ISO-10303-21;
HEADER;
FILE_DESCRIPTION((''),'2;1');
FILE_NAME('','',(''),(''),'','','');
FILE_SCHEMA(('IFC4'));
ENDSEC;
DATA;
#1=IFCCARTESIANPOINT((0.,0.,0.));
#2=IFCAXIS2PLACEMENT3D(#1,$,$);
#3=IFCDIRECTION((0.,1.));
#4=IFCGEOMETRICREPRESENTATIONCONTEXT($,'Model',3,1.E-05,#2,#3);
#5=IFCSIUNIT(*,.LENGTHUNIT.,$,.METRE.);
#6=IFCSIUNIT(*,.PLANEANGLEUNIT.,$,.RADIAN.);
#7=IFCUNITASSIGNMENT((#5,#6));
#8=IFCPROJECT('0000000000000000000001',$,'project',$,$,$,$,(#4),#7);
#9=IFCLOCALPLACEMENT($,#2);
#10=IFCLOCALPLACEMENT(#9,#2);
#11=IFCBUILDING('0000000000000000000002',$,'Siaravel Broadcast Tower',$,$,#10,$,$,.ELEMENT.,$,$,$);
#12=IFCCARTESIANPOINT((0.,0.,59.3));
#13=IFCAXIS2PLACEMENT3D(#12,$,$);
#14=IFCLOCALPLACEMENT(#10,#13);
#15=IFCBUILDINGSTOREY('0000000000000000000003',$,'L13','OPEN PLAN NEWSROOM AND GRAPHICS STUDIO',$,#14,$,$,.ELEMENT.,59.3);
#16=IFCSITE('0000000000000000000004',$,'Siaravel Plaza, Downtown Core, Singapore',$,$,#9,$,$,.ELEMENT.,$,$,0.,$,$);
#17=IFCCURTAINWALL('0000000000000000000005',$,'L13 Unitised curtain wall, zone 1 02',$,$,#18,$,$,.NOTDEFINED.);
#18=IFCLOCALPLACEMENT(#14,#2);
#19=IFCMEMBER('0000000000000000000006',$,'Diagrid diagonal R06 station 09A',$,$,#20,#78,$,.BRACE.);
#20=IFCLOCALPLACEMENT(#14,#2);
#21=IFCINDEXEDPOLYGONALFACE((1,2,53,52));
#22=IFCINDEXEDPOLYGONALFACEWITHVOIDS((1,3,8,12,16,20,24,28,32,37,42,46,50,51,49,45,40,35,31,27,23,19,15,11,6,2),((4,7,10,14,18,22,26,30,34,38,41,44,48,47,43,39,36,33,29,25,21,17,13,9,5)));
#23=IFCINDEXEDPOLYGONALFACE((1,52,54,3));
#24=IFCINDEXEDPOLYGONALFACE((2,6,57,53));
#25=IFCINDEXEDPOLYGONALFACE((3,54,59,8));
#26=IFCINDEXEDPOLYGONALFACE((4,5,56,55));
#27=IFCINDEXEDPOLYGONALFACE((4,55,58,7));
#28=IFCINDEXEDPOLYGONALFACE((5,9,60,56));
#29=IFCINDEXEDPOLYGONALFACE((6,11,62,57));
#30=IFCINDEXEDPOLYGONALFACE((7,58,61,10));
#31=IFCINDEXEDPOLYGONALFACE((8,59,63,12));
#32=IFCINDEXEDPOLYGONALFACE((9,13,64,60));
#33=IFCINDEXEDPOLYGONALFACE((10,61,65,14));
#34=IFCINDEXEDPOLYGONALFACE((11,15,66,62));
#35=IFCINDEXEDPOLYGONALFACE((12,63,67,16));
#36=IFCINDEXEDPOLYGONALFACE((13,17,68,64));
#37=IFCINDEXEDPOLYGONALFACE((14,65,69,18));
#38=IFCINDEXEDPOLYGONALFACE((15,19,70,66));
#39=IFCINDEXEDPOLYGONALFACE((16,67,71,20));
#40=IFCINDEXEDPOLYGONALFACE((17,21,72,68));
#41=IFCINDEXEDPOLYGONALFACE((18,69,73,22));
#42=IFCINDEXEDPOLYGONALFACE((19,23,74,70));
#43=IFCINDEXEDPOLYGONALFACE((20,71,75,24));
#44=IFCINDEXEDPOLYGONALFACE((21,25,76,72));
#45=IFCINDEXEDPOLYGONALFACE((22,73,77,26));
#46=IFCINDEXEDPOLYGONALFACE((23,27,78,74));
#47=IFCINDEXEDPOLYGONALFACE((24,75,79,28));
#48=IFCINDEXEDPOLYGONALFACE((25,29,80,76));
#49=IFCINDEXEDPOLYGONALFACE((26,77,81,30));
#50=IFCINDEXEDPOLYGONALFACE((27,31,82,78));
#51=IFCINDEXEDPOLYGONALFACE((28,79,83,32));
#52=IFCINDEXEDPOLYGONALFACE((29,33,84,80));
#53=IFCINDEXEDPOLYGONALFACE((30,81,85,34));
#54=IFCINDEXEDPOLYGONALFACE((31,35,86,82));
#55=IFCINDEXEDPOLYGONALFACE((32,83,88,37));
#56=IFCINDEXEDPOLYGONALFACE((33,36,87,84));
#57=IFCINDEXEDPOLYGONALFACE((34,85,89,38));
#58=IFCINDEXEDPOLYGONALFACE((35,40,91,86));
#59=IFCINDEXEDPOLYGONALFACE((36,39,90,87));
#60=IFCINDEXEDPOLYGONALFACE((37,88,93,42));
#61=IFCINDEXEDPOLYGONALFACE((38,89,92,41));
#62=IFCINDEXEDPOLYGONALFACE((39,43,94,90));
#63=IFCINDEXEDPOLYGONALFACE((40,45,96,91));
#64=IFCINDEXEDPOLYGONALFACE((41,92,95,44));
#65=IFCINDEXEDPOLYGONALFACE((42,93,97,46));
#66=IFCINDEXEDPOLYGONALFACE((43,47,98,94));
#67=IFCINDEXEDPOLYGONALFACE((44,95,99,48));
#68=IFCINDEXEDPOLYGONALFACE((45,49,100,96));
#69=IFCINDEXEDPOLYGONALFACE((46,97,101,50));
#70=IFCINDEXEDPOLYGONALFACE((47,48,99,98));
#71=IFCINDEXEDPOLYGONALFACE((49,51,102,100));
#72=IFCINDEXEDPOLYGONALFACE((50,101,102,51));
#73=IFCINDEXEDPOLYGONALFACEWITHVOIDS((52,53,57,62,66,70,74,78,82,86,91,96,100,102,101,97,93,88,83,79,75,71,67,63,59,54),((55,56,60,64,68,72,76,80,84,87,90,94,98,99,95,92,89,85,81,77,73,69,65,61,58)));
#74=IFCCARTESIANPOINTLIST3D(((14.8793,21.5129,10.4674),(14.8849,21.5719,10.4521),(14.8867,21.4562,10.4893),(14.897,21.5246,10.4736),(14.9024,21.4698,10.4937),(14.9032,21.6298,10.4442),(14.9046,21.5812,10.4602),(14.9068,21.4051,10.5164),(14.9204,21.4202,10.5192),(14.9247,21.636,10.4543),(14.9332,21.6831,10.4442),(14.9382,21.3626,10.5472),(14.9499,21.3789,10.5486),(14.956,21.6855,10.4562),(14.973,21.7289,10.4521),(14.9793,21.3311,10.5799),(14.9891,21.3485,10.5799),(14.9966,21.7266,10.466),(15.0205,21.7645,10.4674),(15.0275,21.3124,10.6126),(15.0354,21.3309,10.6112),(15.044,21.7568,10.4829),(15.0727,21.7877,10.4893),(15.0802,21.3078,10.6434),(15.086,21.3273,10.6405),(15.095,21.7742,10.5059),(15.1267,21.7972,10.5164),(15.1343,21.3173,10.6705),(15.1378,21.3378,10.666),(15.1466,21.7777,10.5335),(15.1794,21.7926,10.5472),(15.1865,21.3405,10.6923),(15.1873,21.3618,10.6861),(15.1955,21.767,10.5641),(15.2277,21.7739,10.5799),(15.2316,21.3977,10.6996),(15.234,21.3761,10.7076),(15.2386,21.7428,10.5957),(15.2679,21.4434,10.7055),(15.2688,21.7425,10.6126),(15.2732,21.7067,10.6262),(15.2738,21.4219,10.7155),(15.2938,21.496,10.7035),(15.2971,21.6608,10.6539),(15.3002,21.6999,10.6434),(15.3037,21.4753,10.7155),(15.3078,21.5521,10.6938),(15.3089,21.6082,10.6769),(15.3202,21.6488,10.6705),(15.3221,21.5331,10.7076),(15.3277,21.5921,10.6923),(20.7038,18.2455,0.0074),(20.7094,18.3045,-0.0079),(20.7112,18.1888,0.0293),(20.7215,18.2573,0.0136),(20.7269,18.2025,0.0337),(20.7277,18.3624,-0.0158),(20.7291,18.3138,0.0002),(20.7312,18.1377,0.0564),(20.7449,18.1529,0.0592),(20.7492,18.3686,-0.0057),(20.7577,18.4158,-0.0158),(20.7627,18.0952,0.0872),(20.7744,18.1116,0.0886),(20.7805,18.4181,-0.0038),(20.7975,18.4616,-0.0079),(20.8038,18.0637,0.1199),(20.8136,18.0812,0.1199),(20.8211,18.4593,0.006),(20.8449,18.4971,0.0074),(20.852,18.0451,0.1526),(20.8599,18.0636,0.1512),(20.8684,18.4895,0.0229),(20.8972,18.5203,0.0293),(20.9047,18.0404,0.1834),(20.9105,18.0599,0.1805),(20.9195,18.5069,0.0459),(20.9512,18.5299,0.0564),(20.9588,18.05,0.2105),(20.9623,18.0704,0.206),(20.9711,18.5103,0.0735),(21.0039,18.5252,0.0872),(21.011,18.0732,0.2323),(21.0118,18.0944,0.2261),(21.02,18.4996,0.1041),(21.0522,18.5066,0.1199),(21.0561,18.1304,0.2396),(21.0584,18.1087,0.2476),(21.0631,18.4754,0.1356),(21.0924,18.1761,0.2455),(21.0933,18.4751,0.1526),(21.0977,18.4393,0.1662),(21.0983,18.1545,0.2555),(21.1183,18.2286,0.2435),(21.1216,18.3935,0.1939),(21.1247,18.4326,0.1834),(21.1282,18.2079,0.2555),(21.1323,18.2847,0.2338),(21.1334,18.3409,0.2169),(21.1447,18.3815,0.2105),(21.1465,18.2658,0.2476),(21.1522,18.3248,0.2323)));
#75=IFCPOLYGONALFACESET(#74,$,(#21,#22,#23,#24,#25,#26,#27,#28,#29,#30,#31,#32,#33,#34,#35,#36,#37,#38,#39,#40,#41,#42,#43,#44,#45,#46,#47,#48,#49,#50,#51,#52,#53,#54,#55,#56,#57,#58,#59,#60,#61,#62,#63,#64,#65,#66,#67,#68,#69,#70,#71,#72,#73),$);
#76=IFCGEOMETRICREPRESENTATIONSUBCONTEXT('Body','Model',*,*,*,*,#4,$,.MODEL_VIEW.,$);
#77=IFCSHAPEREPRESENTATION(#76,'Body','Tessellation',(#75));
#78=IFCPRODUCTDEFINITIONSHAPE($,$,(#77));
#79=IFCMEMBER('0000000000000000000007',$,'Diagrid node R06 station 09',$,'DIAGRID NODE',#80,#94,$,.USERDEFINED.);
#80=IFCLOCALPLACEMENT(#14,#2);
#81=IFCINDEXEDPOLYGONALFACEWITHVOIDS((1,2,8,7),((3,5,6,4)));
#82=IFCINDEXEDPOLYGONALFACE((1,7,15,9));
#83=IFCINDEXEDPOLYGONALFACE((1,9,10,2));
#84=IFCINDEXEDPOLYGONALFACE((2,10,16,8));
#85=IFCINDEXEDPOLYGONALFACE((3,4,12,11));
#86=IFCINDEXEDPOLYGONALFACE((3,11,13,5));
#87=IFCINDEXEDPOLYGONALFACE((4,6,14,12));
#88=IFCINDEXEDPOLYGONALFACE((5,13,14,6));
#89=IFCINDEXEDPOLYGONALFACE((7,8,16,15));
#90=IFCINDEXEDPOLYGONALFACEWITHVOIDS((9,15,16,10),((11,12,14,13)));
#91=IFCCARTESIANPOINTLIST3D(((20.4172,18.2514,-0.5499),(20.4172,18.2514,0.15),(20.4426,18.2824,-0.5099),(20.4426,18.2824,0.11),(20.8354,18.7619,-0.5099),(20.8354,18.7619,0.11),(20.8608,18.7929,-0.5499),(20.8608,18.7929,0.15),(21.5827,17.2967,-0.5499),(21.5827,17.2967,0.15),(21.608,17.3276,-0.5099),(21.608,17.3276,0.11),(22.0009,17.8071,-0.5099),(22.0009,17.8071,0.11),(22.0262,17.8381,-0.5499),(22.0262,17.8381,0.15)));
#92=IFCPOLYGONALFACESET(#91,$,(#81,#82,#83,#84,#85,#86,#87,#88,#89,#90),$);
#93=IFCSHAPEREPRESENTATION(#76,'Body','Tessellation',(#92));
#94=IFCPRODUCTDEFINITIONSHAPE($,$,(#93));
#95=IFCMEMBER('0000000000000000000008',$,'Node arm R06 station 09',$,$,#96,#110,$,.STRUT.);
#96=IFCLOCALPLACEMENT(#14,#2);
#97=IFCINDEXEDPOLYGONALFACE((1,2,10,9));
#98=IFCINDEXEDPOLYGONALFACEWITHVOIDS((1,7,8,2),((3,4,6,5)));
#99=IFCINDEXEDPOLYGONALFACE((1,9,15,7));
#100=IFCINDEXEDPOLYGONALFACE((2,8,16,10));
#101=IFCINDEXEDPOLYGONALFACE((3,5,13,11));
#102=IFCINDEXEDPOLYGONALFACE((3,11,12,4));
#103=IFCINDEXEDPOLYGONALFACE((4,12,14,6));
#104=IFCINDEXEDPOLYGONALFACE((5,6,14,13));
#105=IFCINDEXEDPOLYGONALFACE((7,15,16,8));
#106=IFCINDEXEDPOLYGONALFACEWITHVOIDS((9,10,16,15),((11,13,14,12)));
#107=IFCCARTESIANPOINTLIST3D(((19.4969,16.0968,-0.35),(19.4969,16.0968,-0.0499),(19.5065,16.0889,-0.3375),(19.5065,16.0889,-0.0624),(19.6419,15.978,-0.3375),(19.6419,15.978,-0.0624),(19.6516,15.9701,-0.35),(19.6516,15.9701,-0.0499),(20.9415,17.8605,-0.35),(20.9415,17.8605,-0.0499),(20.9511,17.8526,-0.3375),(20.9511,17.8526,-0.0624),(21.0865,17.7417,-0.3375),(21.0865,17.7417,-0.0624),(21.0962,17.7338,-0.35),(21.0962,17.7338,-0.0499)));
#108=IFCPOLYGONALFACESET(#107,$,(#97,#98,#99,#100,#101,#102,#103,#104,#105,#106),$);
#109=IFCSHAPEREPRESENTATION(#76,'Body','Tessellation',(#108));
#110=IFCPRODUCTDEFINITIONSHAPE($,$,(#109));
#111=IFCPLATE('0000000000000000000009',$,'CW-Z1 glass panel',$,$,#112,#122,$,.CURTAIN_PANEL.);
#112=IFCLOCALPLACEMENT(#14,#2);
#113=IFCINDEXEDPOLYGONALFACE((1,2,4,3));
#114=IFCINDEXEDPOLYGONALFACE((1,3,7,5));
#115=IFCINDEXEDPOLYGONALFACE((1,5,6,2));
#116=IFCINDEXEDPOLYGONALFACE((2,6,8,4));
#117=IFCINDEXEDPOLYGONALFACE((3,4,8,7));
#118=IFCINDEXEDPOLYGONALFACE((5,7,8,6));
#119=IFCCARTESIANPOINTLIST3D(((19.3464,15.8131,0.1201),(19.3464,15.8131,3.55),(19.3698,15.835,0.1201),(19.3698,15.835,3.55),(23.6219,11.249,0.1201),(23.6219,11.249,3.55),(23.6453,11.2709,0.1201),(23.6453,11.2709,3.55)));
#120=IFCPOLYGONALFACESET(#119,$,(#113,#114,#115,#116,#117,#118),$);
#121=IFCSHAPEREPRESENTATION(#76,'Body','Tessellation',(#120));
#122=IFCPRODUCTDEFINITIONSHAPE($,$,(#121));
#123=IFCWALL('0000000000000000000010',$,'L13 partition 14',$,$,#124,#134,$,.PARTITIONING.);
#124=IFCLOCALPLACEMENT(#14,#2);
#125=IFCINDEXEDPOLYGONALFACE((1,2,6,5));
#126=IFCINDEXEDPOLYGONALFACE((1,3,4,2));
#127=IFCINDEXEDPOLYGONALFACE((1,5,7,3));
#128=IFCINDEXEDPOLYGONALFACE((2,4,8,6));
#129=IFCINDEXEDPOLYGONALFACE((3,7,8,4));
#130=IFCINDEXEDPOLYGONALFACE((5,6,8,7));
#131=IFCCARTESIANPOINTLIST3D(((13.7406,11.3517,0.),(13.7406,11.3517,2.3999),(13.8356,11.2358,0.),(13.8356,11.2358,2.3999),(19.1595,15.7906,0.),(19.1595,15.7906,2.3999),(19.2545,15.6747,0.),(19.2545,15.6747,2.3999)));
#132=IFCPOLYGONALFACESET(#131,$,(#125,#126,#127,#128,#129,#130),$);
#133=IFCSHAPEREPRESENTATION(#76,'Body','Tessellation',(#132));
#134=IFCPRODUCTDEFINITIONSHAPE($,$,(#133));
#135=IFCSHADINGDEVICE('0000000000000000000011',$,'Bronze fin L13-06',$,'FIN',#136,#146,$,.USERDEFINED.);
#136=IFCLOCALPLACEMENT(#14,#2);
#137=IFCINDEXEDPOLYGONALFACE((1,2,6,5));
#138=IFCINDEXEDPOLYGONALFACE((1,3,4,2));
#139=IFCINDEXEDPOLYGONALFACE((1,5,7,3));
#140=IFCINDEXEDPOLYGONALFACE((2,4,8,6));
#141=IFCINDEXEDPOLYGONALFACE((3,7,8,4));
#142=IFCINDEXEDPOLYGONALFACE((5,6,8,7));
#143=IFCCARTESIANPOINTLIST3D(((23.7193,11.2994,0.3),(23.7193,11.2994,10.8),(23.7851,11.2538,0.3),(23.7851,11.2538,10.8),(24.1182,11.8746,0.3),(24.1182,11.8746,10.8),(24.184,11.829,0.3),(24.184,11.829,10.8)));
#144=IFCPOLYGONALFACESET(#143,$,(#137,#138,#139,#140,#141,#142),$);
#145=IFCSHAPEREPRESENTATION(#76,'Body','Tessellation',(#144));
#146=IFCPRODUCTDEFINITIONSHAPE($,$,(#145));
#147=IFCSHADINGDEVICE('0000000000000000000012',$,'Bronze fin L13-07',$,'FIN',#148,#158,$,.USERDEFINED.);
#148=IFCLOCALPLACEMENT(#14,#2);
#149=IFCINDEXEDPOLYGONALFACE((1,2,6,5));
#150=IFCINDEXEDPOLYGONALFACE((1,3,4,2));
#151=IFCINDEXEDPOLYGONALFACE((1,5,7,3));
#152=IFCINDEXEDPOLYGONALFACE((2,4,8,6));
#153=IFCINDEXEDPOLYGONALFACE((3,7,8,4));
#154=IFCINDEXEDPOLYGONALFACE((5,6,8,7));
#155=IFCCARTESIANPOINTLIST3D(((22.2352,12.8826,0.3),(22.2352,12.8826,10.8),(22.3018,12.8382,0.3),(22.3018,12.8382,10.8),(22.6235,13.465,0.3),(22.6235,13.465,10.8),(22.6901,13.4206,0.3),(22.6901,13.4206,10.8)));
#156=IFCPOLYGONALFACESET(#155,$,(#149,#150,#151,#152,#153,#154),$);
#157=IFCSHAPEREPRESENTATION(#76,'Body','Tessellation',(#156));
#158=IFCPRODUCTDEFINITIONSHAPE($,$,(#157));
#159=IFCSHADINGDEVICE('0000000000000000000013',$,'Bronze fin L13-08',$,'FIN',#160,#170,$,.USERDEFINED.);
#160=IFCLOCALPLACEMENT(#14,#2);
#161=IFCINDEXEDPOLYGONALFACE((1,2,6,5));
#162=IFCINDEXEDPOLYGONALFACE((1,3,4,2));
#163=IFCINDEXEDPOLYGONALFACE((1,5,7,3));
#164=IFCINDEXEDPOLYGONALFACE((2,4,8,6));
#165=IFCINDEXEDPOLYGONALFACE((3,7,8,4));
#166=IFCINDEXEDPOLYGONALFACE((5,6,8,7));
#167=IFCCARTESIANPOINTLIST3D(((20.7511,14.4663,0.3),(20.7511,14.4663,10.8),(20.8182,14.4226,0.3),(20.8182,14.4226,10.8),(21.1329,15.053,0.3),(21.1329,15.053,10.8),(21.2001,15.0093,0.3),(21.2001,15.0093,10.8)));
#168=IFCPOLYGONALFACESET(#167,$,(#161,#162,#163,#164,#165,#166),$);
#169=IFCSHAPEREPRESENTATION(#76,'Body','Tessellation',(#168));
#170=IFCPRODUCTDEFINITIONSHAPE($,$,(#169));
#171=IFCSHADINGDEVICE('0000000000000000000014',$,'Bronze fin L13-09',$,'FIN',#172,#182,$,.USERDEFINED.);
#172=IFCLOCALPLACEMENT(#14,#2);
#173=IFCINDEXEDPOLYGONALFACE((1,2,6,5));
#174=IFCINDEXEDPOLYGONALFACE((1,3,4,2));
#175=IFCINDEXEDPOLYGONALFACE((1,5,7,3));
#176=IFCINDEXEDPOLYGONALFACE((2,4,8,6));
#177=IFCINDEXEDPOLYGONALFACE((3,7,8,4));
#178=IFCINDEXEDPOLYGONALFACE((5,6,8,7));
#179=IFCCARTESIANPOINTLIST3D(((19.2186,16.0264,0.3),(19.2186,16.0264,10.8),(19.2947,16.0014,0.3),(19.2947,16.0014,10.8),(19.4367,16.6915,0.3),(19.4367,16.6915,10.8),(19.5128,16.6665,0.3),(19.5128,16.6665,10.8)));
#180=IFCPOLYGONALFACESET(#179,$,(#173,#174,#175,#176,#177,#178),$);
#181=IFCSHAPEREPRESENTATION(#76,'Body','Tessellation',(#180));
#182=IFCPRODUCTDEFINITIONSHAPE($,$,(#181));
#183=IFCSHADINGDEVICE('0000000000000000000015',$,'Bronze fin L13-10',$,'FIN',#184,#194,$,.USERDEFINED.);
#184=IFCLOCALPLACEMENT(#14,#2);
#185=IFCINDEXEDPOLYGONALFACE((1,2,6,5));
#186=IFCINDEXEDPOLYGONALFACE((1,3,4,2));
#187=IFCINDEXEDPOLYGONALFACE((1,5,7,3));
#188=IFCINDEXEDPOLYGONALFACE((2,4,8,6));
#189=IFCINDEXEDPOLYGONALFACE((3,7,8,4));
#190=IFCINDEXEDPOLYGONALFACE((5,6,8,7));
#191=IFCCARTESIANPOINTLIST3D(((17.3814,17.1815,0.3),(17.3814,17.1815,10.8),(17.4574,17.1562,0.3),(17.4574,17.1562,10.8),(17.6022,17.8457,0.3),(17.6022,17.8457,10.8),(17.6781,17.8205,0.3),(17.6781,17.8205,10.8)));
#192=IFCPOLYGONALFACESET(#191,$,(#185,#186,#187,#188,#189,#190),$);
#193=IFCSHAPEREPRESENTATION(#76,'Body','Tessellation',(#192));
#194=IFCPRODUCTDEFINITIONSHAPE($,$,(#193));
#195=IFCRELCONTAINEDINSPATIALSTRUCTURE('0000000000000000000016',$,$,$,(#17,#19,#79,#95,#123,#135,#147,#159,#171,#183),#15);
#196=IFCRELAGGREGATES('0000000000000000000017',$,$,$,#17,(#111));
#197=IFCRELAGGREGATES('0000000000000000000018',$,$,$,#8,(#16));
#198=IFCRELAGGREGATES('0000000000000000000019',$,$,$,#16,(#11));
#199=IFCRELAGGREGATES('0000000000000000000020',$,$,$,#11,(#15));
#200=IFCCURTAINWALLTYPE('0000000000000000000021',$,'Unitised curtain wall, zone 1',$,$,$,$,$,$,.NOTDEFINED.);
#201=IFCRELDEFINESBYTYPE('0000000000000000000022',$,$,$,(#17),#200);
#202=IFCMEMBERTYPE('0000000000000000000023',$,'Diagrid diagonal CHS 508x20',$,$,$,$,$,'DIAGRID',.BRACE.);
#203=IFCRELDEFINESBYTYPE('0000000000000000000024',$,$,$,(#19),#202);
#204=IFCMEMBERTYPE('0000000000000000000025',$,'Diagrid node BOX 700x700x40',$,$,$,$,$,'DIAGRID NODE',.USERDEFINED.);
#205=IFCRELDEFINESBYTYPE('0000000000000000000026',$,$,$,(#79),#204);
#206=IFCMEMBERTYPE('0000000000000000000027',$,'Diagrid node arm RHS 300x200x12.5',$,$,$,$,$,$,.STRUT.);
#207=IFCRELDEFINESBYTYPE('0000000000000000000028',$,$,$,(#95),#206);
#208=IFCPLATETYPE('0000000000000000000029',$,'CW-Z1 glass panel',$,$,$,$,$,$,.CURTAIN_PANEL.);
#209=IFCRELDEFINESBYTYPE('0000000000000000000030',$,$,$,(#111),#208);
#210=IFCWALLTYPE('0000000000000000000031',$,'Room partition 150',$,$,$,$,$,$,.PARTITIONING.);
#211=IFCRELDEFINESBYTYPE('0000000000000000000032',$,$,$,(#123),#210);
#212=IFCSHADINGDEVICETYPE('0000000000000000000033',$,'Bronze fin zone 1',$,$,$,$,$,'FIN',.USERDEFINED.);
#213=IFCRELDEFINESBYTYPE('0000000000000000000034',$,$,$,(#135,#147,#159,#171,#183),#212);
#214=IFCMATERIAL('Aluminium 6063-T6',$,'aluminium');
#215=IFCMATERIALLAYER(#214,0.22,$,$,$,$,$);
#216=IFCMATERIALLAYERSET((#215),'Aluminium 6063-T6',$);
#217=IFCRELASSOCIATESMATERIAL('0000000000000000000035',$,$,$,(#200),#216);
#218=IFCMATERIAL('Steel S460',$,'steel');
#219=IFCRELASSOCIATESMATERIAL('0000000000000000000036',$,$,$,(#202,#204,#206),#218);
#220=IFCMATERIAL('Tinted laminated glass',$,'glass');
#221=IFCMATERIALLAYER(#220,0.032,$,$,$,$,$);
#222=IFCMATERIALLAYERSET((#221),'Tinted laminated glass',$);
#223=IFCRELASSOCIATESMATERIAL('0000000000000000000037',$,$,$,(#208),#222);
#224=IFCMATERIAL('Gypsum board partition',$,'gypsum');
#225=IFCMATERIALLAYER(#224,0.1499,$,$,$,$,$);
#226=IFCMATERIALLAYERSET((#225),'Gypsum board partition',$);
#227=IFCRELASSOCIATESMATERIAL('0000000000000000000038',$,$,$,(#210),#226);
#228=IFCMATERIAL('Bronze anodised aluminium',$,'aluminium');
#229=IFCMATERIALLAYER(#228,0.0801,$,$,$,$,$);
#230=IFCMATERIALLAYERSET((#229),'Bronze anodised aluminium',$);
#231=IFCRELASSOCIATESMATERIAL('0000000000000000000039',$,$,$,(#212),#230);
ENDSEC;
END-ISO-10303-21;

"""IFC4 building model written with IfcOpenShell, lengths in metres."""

from ifc_helpers import new_model, si_unit, direction, frame, frame_2d, origin, origin_2d, place, context, subcontext, project, spatial, rectangle, hollow_rectangle, hollow_circle, extrude, material, layer, layer_set, material_profile, profile_set, type_object, element, aggregate, save


model = new_model("IFC4")

# Units and contexts
model_context = context("Model", 3, precision=1e-05, world=origin(), true_north=direction((0.0, 1.0)))
body_context = subcontext(model_context, "Body", "Model", "MODEL_VIEW")
ifc_project = project(units=[si_unit("LENGTHUNIT", "METRE"), si_unit("PLANEANGLEUNIT", "RADIAN")], contexts=[model_context])

# Site, building, storey
site_placement = place(None, origin())
site = spatial("IfcSite", under=ifc_project, at=site_placement, Name="Siaravel Plaza, Downtown Core, Singapore", CompositionType="ELEMENT", RefElevation=0.0)
building_placement = place(site_placement, origin())
building = spatial("IfcBuilding", under=site, at=building_placement, Name="Siaravel Broadcast Tower", CompositionType="ELEMENT")
storey_placement = place(building_placement, frame((0.0, 0.0, 59.3)))
storey = spatial("IfcBuildingStorey", under=building, at=storey_placement, Name="L13", Description="OPEN PLAN NEWSROOM AND GRAPHICS STUDIO", CompositionType="ELEMENT", Elevation=59.3)

# Shared definitions
ifc_material_1 = material(Name="Aluminium 6063-T6", Category="aluminium")
ifc_layer_1 = layer(ifc_material_1, 0.22)
ifc_layer_set_1 = layer_set([ifc_layer_1], Name="Aluminium 6063-T6")
curtain_wall_type = type_object("IfcCurtainWallType", Name="Unitised curtain wall, zone 1", PredefinedType="NOTDEFINED", material=ifc_layer_set_1)

# Curtain wall
curtain_wall_1_placement = place(storey_placement, origin())
curtain_wall_1 = element("IfcCurtainWall", 1, at=curtain_wall_1_placement, inside=storey, type_object=curtain_wall_type, Name="L13 Unitised curtain wall, zone 1 02", PredefinedType="NOTDEFINED")

# Members
ifc_material_2 = material(Name="Steel S460", Category="steel")
ifc_material_profile_1 = material_profile(ifc_material_2, hollow_circle(Radius=0.2539, WallThickness=0.02, at=origin_2d()))
ifc_profile_set_1 = profile_set([ifc_material_profile_1], Name="Steel S460")
member_type_1 = type_object("IfcMemberType", Name="Diagrid diagonal CHS 508x20", ElementType="DIAGRID", PredefinedType="BRACE", material=ifc_profile_set_1)
member_1_placement = place(storey_placement, frame((20.928, 18.2852, 0.1199), z_axis=(-0.469332, 0.26328, 0.842859), x_axis=(-0.489246, -0.872146, 0.0)))
element("IfcMember", 2, at=member_1_placement, inside=storey, type_object=member_type_1, Name="Diagrid diagonal R06 station 09A", PredefinedType="BRACE", context=body_context, shape_type="SweptSolid", body=[
    extrude(hollow_circle(Radius=0.2539, WallThickness=0.02, at=origin_2d()), origin(), (0.0, 0.0, 1.0), 12.4102),
])
ifc_material_profile_2 = material_profile(ifc_material_2, hollow_rectangle(XDim=0.7, YDim=0.7, WallThickness=0.04, at=origin_2d()))
ifc_profile_set_2 = profile_set([ifc_material_profile_2], Name="Steel S460")
member_type_2 = type_object("IfcMemberType", Name="Diagrid node BOX 700x700x40", ElementType="DIAGRID NODE", PredefinedType="USERDEFINED", material=ifc_profile_set_2)
member_2_placement = place(storey_placement, frame((21.8044, 17.5674, -0.2), z_axis=(-0.77356, 0.633723, 0.0), x_axis=(-0.633723, -0.77356, 0.0)))
element("IfcMember", 3, at=member_2_placement, inside=storey, type_object=member_type_2, Name="Diagrid node R06 station 09", ObjectType="DIAGRID NODE", PredefinedType="USERDEFINED", context=body_context, shape_type="SweptSolid", body=[
    extrude(hollow_rectangle(XDim=0.7, YDim=0.7, WallThickness=0.04, at=origin_2d()), origin(), (0.0, 0.0, 1.0), 1.5066),
])
ifc_material_profile_3 = material_profile(ifc_material_2, hollow_rectangle(XDim=0.2, YDim=0.3, WallThickness=0.0125, at=origin_2d()))
ifc_profile_set_3 = profile_set([ifc_material_profile_3], Name="Steel S460")
member_type_3 = type_object("IfcMemberType", Name="Diagrid node arm RHS 300x200x12.5", PredefinedType="STRUT", material=ifc_profile_set_3)
member_3_placement = place(storey_placement, frame((19.5742, 16.0334, -0.2), z_axis=(0.633652, 0.773618, 0.0), x_axis=(-0.773618, 0.633652, 0.0)))
element("IfcMember", 4, at=member_3_placement, inside=storey, type_object=member_type_3, Name="Node arm R06 station 09", PredefinedType="STRUT", context=body_context, shape_type="SweptSolid", body=[
    extrude(hollow_rectangle(XDim=0.2, YDim=0.3, WallThickness=0.0125, at=origin_2d()), origin(), (0.0, 0.0, 1.0), 2.2798),
])

# Plate
ifc_material_3 = material(Name="Tinted laminated glass", Category="glass")
ifc_layer_2 = layer(ifc_material_3, 0.032)
ifc_layer_set_2 = layer_set([ifc_layer_2], Name="Tinted laminated glass")
plate_type = type_object("IfcPlateType", Name="CW-Z1 glass panel", PredefinedType="CURTAIN_PANEL", material=ifc_layer_set_2)
plate_placement = place(storey_placement, frame((21.4958, 13.542, 0.1201), z_axis=(0.0, 0.0, 1.0), x_axis=(-0.683657, 0.729804, 0.0)))
plate = element("IfcPlate", 5, at=plate_placement, type_object=plate_type, Name="CW-Z1 glass panel", PredefinedType="CURTAIN_PANEL", context=body_context, shape_type="SweptSolid", body=[
    extrude(rectangle(XDim=6.2539, YDim=0.032, at=origin_2d()), origin(), (0.0, 0.0, 1.0), 3.4299),
])
aggregate(curtain_wall_1, [plate])

# Wall
ifc_material_4 = material(Name="Gypsum board partition", Category="gypsum")
ifc_layer_3 = layer(ifc_material_4, 0.1499)
ifc_layer_set_3 = layer_set([ifc_layer_3], Name="Gypsum board partition")
wall_type = type_object("IfcWallType", Name="Room partition 150", PredefinedType="PARTITIONING", material=ifc_layer_set_3)
wall_placement = place(storey_placement, frame((19.207, 15.7327, 0.0), z_axis=(0.0, 0.0, 1.0), x_axis=(-0.773588, -0.633689, 0.0)))
element("IfcWall", 6, at=wall_placement, inside=storey, type_object=wall_type, Name="L13 partition 14", PredefinedType="PARTITIONING", context=body_context, shape_type="SweptSolid", body=[
    extrude(rectangle(XDim=7.0049, YDim=0.1499, at=frame_2d((3.5024, 0.0))), origin(), (0.0, 0.0, 1.0), 2.3999),
])

# Shading devices
ifc_material_5 = material(Name="Bronze anodised aluminium", Category="aluminium")
ifc_layer_4 = layer(ifc_material_5, 0.0801)
ifc_layer_set_4 = layer_set([ifc_layer_4], Name="Bronze anodised aluminium")
shading_device_type = type_object("IfcShadingDeviceType", Name="Bronze fin zone 1", ElementType="FIN", PredefinedType="USERDEFINED", material=ifc_layer_set_4)
for number, where, z_axis, x_axis, name in (
    (7, (23.9517, 11.5642, 0.3), (0.0, 0.0, 1.0), (0.56985, 0.821748, 0.0), "Bronze fin L13-06"),
    (8, (22.4626, 13.1516, 0.3), (0.0, 0.0, 1.0), (0.554734, 0.832028, 0.0), "Bronze fin L13-07"),
    (9, (20.9756, 14.7378, 0.3), (0.0, 0.0, 1.0), (0.545513, 0.838103, 0.0), "Bronze fin L13-08"),
    (10, (19.3657, 16.3464, 0.3), (0.0, 0.0, 1.0), (0.311536, 0.950234, 0.0), "Bronze fin L13-09"),
    (11, (17.5298, 17.501, 0.3), (0.0, 0.0, 1.0), (0.315358, 0.948973, 0.0), "Bronze fin L13-10"),
):
    element("IfcShadingDevice", number, at=place(storey_placement, frame(where, z_axis=z_axis, x_axis=x_axis)), inside=storey, type_object=shading_device_type, Name=name, ObjectType="FIN", PredefinedType="USERDEFINED", context=body_context, shape_type="SweptSolid", body=[
        extrude(rectangle(XDim=0.7, YDim=0.0801, at=origin_2d()), origin(), (0.0, 0.0, 1.0), 10.5),
    ])

save(model, "model.ifc")
